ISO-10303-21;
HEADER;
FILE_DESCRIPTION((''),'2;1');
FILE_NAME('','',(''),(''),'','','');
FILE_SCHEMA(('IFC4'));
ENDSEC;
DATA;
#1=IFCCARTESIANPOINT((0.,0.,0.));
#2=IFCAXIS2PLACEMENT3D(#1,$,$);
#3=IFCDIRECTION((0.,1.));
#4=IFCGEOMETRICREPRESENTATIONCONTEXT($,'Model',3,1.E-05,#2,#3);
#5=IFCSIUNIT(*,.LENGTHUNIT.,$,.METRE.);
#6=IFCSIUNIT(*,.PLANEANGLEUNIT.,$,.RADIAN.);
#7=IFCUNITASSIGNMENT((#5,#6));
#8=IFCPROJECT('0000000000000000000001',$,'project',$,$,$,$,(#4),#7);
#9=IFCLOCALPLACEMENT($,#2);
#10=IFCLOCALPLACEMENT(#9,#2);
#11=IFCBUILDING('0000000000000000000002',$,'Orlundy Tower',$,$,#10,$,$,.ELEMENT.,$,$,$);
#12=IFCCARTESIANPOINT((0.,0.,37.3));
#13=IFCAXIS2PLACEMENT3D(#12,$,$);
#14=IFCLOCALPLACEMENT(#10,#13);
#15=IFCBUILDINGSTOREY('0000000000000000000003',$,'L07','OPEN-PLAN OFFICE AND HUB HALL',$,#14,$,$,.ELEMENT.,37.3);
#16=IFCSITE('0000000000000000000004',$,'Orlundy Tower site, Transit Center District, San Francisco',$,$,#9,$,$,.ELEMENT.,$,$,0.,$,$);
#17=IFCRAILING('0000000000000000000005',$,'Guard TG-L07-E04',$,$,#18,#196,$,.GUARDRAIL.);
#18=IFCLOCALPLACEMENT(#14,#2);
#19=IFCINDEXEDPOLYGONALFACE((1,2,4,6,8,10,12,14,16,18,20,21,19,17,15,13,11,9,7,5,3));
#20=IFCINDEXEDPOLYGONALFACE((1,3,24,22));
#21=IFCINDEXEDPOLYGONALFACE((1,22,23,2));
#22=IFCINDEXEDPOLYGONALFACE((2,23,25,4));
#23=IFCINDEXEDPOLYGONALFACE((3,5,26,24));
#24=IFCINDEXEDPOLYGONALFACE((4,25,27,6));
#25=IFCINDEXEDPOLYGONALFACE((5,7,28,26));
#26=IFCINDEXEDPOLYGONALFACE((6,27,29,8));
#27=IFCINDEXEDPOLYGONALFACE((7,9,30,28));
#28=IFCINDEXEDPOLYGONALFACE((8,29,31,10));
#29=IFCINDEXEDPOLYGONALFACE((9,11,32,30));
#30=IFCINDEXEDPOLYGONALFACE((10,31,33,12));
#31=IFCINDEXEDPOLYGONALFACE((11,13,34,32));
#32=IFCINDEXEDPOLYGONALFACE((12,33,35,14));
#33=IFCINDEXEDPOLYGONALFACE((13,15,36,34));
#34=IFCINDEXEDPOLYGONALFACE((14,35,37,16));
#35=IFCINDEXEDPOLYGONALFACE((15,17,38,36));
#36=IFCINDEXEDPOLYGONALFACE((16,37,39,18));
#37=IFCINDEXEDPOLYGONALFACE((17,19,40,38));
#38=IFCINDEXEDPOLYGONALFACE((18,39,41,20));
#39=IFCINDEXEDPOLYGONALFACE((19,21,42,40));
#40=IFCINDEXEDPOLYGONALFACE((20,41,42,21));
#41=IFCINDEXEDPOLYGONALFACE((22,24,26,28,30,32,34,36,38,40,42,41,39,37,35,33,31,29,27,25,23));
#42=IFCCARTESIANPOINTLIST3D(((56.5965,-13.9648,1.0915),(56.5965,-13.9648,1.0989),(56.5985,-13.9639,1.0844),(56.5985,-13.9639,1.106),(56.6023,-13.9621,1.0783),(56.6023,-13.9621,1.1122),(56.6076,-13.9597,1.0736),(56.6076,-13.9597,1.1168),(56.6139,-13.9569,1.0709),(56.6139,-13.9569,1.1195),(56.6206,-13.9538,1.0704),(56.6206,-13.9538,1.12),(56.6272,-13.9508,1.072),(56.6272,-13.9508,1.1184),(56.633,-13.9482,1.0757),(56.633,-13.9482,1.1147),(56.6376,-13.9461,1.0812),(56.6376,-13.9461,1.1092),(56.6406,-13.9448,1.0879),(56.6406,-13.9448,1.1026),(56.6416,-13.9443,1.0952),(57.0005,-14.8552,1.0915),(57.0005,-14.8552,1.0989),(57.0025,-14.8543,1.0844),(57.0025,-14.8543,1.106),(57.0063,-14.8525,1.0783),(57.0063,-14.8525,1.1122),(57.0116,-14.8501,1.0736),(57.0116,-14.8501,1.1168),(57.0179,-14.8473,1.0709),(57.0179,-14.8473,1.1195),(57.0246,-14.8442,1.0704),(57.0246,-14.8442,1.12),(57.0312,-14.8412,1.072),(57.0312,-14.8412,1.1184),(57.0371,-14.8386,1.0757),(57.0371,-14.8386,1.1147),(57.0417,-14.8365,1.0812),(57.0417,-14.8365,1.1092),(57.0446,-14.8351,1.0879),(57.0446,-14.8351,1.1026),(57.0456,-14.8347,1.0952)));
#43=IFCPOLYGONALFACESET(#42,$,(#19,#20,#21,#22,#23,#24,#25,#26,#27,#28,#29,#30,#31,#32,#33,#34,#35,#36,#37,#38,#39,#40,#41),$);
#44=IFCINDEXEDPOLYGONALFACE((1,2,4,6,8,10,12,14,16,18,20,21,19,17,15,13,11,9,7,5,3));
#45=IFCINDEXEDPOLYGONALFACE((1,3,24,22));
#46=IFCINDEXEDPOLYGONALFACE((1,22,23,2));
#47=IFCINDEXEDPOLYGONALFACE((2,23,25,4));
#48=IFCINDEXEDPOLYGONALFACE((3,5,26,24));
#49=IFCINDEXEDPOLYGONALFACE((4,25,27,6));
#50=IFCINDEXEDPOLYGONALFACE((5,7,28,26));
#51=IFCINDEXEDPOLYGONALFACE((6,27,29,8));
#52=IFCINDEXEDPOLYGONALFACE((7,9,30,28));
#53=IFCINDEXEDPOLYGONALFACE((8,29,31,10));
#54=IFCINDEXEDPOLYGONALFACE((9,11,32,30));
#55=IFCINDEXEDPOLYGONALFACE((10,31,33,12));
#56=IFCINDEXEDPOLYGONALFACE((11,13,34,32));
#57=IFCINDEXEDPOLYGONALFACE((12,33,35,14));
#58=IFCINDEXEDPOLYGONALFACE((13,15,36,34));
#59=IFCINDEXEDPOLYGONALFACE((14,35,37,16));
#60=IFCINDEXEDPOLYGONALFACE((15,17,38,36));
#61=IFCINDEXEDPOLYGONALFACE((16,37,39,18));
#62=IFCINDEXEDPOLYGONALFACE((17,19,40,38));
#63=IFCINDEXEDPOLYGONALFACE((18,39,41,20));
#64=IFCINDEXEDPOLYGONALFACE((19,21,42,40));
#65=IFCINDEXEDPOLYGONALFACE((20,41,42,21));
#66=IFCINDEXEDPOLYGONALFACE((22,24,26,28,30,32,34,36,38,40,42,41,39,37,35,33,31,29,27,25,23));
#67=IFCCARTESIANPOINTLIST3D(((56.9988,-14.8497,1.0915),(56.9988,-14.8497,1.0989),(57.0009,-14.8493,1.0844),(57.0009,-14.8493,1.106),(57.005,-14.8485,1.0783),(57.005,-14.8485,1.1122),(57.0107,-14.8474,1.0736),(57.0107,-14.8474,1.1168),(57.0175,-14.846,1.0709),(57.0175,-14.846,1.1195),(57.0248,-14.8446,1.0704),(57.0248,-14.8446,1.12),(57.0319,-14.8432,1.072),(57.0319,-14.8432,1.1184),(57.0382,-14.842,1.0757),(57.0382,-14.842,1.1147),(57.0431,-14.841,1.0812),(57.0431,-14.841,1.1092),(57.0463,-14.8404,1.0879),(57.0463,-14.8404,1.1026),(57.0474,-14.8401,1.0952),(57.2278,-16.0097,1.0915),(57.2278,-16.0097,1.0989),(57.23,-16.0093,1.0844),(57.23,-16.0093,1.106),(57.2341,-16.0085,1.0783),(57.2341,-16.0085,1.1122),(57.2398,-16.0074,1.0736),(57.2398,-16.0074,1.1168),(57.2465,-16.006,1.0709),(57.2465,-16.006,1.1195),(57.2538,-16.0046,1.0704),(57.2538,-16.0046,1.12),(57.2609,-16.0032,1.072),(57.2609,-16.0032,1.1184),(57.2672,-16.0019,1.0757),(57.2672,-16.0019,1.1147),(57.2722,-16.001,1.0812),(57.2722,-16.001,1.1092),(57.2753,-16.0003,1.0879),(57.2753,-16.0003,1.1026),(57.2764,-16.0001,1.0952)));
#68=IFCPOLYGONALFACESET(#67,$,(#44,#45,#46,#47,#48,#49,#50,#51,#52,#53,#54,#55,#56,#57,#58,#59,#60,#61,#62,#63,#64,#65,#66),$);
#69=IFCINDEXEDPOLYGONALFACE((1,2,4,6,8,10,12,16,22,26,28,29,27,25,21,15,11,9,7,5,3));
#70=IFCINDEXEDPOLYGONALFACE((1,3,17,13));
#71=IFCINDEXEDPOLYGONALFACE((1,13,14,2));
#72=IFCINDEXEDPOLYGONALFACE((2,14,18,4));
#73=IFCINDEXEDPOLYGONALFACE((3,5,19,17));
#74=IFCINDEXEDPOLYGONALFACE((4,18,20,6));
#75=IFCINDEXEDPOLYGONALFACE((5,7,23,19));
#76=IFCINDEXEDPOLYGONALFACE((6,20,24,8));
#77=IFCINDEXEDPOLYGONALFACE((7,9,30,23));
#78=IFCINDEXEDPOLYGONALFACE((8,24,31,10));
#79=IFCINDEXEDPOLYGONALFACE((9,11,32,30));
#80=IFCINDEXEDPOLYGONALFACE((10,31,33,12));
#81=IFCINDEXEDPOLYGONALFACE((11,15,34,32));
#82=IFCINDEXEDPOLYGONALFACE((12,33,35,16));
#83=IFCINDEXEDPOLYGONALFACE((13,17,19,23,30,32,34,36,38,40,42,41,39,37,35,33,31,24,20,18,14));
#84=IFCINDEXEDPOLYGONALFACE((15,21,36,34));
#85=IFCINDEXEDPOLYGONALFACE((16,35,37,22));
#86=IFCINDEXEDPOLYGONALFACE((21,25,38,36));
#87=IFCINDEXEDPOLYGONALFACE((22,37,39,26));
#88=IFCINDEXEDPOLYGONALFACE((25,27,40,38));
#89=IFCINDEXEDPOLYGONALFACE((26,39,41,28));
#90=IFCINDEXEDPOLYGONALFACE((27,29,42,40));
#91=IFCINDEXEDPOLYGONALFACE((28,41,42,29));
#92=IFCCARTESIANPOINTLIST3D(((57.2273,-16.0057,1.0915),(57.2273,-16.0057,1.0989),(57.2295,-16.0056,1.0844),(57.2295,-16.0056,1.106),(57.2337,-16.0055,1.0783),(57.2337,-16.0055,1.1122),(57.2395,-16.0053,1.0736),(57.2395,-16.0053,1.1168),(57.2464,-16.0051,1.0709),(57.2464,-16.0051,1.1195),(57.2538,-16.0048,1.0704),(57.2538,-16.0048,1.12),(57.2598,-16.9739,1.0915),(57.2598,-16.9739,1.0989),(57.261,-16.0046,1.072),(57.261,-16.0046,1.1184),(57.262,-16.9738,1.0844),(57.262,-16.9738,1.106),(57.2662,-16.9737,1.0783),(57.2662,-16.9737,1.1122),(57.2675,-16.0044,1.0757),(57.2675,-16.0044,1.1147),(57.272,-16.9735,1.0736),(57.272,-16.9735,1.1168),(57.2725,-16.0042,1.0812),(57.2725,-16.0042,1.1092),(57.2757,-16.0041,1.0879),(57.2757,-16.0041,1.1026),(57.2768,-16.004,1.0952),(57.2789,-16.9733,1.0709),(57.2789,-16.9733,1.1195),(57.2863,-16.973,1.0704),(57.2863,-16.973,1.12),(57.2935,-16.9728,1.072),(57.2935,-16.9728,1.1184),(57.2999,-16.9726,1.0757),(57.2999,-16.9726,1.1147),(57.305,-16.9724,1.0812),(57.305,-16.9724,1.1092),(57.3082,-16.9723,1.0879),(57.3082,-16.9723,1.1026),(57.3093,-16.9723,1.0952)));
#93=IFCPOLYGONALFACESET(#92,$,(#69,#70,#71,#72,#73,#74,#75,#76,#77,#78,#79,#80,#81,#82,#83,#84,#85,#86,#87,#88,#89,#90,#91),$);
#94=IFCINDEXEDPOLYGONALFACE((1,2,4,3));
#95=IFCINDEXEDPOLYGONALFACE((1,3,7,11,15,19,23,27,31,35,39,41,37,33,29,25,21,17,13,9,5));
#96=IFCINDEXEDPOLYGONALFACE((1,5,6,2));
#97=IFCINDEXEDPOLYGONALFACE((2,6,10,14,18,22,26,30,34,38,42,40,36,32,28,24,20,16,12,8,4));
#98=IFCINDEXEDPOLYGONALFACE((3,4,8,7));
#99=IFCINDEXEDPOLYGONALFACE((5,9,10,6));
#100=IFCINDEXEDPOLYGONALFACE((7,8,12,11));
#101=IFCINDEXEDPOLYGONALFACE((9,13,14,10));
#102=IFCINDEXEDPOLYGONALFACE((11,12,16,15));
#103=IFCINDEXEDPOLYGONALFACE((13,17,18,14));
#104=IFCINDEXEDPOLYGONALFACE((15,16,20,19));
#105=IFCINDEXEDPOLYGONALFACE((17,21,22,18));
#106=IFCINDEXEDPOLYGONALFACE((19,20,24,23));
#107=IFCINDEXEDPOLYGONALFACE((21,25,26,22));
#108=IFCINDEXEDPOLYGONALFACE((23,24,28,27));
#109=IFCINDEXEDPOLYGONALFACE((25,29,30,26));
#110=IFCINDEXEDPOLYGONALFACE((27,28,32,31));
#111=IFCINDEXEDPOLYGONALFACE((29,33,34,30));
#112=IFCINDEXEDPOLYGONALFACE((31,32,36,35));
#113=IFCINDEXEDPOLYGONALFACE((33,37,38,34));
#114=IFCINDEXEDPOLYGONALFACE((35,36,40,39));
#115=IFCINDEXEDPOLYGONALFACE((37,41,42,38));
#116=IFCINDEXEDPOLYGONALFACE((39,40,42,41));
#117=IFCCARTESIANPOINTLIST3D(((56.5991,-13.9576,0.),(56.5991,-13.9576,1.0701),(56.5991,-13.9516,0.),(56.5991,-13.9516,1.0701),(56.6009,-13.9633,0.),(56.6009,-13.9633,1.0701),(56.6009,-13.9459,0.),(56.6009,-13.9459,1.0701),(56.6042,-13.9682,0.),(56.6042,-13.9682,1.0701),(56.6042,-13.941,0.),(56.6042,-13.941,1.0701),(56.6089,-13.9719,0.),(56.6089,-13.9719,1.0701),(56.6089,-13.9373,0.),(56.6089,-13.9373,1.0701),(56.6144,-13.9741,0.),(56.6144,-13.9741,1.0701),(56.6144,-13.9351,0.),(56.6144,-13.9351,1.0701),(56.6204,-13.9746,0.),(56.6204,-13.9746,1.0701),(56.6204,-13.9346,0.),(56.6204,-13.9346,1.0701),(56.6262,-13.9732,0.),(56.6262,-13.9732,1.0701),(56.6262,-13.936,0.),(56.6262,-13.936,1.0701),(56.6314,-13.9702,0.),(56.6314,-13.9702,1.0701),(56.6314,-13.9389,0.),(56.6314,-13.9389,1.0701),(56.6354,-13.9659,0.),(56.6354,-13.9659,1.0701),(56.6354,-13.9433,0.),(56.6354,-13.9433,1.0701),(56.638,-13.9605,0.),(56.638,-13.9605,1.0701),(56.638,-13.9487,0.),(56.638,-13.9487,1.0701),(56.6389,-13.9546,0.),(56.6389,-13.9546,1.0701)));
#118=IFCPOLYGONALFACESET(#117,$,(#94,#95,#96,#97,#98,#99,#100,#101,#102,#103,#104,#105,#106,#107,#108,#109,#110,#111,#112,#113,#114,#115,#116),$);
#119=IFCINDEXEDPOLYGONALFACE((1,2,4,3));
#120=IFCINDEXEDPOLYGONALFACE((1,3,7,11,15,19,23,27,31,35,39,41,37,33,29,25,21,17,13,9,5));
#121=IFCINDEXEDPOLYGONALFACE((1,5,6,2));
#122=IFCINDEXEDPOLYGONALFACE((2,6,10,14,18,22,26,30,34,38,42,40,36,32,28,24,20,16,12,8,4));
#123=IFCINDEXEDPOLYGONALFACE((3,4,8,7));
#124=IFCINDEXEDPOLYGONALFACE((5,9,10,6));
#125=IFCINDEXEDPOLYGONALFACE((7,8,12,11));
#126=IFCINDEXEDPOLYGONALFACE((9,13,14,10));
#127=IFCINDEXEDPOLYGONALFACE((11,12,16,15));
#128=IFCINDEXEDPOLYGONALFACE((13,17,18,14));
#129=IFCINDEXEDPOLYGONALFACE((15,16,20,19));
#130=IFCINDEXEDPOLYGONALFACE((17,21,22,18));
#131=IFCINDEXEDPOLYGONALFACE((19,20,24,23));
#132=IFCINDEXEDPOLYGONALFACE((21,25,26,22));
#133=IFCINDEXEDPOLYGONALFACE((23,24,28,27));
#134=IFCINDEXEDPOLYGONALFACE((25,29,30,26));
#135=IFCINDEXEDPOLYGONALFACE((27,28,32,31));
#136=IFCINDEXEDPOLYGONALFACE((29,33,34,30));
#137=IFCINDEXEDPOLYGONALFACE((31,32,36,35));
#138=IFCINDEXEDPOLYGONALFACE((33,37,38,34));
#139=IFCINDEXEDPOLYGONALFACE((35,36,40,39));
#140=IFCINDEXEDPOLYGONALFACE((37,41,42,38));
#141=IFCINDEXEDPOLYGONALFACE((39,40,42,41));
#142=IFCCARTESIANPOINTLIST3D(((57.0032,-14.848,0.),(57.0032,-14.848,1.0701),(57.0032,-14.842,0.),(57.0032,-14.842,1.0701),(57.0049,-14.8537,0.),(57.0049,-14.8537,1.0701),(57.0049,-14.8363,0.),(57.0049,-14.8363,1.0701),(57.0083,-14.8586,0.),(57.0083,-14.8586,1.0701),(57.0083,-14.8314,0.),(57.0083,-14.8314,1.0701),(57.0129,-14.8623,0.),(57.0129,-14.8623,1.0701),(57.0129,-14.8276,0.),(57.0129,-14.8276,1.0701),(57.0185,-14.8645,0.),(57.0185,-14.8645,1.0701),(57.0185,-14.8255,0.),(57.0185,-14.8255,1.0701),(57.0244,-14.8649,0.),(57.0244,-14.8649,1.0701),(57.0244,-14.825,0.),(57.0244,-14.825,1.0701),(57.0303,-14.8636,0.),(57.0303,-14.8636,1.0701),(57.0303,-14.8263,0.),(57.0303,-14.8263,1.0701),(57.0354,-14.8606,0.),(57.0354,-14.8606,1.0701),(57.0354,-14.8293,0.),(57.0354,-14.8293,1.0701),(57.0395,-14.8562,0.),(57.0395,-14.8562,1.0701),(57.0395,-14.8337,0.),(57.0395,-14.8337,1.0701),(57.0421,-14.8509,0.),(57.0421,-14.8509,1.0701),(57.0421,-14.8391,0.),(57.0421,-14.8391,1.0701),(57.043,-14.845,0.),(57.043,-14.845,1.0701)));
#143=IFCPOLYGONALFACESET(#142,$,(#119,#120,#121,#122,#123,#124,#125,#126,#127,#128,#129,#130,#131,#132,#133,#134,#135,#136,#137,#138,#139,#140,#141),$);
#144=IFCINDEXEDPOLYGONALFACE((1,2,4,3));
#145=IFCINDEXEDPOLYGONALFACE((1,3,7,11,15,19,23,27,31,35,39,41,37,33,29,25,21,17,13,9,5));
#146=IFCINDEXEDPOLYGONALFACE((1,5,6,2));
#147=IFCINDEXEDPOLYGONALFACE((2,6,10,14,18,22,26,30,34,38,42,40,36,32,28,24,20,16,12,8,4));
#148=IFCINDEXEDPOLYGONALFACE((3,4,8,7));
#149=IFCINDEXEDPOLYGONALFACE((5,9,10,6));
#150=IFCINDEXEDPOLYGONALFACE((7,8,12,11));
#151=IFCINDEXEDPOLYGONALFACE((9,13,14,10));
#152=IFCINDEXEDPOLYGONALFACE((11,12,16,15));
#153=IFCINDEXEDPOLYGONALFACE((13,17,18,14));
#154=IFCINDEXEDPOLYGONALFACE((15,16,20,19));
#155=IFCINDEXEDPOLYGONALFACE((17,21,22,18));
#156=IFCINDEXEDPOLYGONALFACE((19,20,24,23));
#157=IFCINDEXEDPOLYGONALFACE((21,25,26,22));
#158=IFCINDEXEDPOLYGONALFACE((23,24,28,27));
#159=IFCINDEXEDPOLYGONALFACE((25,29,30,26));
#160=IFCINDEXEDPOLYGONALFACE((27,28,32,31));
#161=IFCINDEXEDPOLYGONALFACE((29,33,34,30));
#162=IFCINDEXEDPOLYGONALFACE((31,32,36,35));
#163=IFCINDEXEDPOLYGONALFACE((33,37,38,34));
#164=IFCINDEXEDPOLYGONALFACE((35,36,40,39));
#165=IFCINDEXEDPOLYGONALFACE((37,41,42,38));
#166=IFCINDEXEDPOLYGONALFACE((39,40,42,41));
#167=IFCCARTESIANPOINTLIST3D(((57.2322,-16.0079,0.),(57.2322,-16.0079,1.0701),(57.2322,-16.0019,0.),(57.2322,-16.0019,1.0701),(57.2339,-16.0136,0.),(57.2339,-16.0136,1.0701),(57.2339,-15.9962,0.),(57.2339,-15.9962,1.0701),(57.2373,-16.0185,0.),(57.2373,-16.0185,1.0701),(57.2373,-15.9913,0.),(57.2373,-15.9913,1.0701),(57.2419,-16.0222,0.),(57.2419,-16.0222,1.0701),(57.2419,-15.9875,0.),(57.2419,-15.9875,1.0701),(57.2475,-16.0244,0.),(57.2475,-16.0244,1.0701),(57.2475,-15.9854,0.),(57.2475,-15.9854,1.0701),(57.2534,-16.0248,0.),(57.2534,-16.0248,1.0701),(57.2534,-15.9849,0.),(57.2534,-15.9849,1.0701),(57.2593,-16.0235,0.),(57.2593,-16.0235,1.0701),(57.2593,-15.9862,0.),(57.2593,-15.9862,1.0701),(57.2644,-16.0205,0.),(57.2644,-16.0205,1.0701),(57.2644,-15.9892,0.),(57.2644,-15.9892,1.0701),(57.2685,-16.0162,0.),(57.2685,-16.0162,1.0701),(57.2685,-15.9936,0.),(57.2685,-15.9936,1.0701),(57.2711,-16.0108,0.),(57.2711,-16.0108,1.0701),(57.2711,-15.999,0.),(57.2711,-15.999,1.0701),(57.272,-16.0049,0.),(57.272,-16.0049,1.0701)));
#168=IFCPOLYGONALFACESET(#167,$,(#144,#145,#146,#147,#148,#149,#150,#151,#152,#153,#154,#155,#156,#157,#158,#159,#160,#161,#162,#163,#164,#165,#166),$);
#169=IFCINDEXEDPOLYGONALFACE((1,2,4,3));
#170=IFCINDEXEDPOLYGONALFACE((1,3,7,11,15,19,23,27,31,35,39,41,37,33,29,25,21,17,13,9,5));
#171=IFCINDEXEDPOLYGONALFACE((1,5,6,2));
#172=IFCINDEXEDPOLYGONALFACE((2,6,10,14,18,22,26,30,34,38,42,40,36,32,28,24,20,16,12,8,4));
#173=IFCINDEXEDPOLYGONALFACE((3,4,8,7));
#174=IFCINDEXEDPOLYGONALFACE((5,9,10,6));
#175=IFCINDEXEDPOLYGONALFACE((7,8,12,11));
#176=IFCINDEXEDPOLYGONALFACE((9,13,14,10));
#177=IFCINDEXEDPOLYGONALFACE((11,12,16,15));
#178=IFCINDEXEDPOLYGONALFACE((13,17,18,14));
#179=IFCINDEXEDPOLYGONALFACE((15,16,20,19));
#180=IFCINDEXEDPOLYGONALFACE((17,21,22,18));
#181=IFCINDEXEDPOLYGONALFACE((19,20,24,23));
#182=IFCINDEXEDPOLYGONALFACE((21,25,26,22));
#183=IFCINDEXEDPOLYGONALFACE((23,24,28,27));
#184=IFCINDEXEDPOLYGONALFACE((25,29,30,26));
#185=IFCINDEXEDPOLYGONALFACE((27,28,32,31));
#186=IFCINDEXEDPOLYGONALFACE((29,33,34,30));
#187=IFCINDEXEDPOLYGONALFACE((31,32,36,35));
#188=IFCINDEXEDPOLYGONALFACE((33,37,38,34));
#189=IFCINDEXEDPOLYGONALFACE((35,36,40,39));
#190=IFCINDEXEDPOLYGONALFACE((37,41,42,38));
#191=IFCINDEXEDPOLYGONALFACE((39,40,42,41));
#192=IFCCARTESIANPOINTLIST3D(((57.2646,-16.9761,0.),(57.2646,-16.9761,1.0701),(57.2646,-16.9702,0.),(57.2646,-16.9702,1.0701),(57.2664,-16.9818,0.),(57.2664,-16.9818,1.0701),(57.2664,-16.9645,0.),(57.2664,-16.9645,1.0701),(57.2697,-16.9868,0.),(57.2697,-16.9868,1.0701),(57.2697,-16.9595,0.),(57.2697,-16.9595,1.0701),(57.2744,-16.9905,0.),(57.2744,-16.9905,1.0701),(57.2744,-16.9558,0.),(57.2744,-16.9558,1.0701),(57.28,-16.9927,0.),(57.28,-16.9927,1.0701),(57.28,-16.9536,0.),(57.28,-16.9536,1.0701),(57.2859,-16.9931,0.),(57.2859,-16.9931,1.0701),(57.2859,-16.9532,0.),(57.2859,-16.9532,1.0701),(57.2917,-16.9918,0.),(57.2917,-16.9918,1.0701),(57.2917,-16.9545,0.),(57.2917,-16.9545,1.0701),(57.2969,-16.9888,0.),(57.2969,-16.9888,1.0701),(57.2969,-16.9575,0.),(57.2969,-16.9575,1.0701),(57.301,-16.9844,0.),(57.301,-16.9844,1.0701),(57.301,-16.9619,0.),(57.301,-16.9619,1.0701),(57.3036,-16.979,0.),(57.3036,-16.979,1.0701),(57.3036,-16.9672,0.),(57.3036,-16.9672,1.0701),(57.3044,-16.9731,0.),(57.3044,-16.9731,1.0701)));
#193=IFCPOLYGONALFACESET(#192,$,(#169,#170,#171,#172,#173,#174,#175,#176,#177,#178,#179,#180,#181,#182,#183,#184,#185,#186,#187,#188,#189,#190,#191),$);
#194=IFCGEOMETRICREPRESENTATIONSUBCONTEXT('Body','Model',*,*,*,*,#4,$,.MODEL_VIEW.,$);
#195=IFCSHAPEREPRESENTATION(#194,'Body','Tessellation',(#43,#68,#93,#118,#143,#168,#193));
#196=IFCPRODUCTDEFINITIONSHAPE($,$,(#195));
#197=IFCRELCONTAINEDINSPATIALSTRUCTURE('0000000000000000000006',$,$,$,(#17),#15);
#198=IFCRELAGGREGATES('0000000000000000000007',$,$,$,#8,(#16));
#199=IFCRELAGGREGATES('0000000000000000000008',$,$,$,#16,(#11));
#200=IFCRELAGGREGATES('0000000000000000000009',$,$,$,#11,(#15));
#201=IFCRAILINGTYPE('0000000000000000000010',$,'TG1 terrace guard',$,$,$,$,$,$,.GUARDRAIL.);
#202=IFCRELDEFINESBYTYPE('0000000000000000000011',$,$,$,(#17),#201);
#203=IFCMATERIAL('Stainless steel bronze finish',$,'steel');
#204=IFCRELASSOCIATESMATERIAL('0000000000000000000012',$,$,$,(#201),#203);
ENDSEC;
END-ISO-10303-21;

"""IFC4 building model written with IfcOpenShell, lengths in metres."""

from ifc_helpers import new_model, si_unit, direction, frame, origin, origin_2d, place, context, subcontext, project, spatial, circle, extrude, material, type_object, element, save


model = new_model("IFC4")

# Units and contexts
model_context = context("Model", 3, precision=1e-05, world=origin(), true_north=direction((0.0, 1.0)))
body_context = subcontext(model_context, "Body", "Model", "MODEL_VIEW")
ifc_project = project(units=[si_unit("LENGTHUNIT", "METRE"), si_unit("PLANEANGLEUNIT", "RADIAN")], contexts=[model_context])

# Site, building, storey
site_placement = place(None, origin())
site = spatial("IfcSite", under=ifc_project, at=site_placement, Name="Orlundy Tower site, Transit Center District, San Francisco", CompositionType="ELEMENT", RefElevation=0.0)
building_placement = place(site_placement, origin())
building = spatial("IfcBuilding", under=site, at=building_placement, Name="Orlundy Tower", CompositionType="ELEMENT")
storey_placement = place(building_placement, frame((0.0, 0.0, 37.3)))
storey = spatial("IfcBuildingStorey", under=building, at=storey_placement, Name="L07", Description="OPEN-PLAN OFFICE AND HUB HALL", CompositionType="ELEMENT", Elevation=37.3)

# Railing
ifc_material_1 = material(Name="Stainless steel bronze finish", Category="steel")
railing_type = type_object("IfcRailingType", Name="TG1 terrace guard", PredefinedType="GUARDRAIL", material=ifc_material_1)
railing_1_placement = place(storey_placement, frame((56.6189, -13.9546, 0.0)))
element("IfcRailing", 1, at=railing_1_placement, inside=storey, type_object=railing_type, Name="Guard TG-L07-E04", PredefinedType="GUARDRAIL", context=body_context, shape_type="SweptSolid", body=[
    extrude(circle(Radius=0.0249, at=origin_2d()), frame((0.0, 0.0, 1.0952), z_axis=(0.413238, -0.910623, 0.0), x_axis=(0.910623, 0.413238, 0.0)), (0.0, 0.0, 1.0), 0.9778),
    extrude(circle(Radius=0.0249, at=origin_2d()), frame((0.4041, -0.8904, 1.0952), z_axis=(0.193693, -0.981062, 0.0), x_axis=(0.981062, 0.193693, 0.0)), (0.0, 0.0, 1.0), 1.1824),
    extrude(circle(Radius=0.0249, at=origin_2d()), frame((0.6331, -2.0503, 1.0952), z_axis=(0.033516, -0.999438, 0.0), x_axis=(0.999438, 0.033516, 0.0)), (0.0, 0.0, 1.0), 0.9688),
    extrude(circle(Radius=0.02, at=origin_2d()), origin(), (0.0, 0.0, 1.0), 1.0701),
    extrude(circle(Radius=0.02, at=origin_2d()), frame((0.4041, -0.8904, 0.0)), (0.0, 0.0, 1.0), 1.0701),
    extrude(circle(Radius=0.02, at=origin_2d()), frame((0.6331, -2.0503, 0.0)), (0.0, 0.0, 1.0), 1.0701),
    extrude(circle(Radius=0.02, at=origin_2d()), frame((0.6655, -3.0186, 0.0)), (0.0, 0.0, 1.0), 1.0701),
])

save(model, "model.ifc")
